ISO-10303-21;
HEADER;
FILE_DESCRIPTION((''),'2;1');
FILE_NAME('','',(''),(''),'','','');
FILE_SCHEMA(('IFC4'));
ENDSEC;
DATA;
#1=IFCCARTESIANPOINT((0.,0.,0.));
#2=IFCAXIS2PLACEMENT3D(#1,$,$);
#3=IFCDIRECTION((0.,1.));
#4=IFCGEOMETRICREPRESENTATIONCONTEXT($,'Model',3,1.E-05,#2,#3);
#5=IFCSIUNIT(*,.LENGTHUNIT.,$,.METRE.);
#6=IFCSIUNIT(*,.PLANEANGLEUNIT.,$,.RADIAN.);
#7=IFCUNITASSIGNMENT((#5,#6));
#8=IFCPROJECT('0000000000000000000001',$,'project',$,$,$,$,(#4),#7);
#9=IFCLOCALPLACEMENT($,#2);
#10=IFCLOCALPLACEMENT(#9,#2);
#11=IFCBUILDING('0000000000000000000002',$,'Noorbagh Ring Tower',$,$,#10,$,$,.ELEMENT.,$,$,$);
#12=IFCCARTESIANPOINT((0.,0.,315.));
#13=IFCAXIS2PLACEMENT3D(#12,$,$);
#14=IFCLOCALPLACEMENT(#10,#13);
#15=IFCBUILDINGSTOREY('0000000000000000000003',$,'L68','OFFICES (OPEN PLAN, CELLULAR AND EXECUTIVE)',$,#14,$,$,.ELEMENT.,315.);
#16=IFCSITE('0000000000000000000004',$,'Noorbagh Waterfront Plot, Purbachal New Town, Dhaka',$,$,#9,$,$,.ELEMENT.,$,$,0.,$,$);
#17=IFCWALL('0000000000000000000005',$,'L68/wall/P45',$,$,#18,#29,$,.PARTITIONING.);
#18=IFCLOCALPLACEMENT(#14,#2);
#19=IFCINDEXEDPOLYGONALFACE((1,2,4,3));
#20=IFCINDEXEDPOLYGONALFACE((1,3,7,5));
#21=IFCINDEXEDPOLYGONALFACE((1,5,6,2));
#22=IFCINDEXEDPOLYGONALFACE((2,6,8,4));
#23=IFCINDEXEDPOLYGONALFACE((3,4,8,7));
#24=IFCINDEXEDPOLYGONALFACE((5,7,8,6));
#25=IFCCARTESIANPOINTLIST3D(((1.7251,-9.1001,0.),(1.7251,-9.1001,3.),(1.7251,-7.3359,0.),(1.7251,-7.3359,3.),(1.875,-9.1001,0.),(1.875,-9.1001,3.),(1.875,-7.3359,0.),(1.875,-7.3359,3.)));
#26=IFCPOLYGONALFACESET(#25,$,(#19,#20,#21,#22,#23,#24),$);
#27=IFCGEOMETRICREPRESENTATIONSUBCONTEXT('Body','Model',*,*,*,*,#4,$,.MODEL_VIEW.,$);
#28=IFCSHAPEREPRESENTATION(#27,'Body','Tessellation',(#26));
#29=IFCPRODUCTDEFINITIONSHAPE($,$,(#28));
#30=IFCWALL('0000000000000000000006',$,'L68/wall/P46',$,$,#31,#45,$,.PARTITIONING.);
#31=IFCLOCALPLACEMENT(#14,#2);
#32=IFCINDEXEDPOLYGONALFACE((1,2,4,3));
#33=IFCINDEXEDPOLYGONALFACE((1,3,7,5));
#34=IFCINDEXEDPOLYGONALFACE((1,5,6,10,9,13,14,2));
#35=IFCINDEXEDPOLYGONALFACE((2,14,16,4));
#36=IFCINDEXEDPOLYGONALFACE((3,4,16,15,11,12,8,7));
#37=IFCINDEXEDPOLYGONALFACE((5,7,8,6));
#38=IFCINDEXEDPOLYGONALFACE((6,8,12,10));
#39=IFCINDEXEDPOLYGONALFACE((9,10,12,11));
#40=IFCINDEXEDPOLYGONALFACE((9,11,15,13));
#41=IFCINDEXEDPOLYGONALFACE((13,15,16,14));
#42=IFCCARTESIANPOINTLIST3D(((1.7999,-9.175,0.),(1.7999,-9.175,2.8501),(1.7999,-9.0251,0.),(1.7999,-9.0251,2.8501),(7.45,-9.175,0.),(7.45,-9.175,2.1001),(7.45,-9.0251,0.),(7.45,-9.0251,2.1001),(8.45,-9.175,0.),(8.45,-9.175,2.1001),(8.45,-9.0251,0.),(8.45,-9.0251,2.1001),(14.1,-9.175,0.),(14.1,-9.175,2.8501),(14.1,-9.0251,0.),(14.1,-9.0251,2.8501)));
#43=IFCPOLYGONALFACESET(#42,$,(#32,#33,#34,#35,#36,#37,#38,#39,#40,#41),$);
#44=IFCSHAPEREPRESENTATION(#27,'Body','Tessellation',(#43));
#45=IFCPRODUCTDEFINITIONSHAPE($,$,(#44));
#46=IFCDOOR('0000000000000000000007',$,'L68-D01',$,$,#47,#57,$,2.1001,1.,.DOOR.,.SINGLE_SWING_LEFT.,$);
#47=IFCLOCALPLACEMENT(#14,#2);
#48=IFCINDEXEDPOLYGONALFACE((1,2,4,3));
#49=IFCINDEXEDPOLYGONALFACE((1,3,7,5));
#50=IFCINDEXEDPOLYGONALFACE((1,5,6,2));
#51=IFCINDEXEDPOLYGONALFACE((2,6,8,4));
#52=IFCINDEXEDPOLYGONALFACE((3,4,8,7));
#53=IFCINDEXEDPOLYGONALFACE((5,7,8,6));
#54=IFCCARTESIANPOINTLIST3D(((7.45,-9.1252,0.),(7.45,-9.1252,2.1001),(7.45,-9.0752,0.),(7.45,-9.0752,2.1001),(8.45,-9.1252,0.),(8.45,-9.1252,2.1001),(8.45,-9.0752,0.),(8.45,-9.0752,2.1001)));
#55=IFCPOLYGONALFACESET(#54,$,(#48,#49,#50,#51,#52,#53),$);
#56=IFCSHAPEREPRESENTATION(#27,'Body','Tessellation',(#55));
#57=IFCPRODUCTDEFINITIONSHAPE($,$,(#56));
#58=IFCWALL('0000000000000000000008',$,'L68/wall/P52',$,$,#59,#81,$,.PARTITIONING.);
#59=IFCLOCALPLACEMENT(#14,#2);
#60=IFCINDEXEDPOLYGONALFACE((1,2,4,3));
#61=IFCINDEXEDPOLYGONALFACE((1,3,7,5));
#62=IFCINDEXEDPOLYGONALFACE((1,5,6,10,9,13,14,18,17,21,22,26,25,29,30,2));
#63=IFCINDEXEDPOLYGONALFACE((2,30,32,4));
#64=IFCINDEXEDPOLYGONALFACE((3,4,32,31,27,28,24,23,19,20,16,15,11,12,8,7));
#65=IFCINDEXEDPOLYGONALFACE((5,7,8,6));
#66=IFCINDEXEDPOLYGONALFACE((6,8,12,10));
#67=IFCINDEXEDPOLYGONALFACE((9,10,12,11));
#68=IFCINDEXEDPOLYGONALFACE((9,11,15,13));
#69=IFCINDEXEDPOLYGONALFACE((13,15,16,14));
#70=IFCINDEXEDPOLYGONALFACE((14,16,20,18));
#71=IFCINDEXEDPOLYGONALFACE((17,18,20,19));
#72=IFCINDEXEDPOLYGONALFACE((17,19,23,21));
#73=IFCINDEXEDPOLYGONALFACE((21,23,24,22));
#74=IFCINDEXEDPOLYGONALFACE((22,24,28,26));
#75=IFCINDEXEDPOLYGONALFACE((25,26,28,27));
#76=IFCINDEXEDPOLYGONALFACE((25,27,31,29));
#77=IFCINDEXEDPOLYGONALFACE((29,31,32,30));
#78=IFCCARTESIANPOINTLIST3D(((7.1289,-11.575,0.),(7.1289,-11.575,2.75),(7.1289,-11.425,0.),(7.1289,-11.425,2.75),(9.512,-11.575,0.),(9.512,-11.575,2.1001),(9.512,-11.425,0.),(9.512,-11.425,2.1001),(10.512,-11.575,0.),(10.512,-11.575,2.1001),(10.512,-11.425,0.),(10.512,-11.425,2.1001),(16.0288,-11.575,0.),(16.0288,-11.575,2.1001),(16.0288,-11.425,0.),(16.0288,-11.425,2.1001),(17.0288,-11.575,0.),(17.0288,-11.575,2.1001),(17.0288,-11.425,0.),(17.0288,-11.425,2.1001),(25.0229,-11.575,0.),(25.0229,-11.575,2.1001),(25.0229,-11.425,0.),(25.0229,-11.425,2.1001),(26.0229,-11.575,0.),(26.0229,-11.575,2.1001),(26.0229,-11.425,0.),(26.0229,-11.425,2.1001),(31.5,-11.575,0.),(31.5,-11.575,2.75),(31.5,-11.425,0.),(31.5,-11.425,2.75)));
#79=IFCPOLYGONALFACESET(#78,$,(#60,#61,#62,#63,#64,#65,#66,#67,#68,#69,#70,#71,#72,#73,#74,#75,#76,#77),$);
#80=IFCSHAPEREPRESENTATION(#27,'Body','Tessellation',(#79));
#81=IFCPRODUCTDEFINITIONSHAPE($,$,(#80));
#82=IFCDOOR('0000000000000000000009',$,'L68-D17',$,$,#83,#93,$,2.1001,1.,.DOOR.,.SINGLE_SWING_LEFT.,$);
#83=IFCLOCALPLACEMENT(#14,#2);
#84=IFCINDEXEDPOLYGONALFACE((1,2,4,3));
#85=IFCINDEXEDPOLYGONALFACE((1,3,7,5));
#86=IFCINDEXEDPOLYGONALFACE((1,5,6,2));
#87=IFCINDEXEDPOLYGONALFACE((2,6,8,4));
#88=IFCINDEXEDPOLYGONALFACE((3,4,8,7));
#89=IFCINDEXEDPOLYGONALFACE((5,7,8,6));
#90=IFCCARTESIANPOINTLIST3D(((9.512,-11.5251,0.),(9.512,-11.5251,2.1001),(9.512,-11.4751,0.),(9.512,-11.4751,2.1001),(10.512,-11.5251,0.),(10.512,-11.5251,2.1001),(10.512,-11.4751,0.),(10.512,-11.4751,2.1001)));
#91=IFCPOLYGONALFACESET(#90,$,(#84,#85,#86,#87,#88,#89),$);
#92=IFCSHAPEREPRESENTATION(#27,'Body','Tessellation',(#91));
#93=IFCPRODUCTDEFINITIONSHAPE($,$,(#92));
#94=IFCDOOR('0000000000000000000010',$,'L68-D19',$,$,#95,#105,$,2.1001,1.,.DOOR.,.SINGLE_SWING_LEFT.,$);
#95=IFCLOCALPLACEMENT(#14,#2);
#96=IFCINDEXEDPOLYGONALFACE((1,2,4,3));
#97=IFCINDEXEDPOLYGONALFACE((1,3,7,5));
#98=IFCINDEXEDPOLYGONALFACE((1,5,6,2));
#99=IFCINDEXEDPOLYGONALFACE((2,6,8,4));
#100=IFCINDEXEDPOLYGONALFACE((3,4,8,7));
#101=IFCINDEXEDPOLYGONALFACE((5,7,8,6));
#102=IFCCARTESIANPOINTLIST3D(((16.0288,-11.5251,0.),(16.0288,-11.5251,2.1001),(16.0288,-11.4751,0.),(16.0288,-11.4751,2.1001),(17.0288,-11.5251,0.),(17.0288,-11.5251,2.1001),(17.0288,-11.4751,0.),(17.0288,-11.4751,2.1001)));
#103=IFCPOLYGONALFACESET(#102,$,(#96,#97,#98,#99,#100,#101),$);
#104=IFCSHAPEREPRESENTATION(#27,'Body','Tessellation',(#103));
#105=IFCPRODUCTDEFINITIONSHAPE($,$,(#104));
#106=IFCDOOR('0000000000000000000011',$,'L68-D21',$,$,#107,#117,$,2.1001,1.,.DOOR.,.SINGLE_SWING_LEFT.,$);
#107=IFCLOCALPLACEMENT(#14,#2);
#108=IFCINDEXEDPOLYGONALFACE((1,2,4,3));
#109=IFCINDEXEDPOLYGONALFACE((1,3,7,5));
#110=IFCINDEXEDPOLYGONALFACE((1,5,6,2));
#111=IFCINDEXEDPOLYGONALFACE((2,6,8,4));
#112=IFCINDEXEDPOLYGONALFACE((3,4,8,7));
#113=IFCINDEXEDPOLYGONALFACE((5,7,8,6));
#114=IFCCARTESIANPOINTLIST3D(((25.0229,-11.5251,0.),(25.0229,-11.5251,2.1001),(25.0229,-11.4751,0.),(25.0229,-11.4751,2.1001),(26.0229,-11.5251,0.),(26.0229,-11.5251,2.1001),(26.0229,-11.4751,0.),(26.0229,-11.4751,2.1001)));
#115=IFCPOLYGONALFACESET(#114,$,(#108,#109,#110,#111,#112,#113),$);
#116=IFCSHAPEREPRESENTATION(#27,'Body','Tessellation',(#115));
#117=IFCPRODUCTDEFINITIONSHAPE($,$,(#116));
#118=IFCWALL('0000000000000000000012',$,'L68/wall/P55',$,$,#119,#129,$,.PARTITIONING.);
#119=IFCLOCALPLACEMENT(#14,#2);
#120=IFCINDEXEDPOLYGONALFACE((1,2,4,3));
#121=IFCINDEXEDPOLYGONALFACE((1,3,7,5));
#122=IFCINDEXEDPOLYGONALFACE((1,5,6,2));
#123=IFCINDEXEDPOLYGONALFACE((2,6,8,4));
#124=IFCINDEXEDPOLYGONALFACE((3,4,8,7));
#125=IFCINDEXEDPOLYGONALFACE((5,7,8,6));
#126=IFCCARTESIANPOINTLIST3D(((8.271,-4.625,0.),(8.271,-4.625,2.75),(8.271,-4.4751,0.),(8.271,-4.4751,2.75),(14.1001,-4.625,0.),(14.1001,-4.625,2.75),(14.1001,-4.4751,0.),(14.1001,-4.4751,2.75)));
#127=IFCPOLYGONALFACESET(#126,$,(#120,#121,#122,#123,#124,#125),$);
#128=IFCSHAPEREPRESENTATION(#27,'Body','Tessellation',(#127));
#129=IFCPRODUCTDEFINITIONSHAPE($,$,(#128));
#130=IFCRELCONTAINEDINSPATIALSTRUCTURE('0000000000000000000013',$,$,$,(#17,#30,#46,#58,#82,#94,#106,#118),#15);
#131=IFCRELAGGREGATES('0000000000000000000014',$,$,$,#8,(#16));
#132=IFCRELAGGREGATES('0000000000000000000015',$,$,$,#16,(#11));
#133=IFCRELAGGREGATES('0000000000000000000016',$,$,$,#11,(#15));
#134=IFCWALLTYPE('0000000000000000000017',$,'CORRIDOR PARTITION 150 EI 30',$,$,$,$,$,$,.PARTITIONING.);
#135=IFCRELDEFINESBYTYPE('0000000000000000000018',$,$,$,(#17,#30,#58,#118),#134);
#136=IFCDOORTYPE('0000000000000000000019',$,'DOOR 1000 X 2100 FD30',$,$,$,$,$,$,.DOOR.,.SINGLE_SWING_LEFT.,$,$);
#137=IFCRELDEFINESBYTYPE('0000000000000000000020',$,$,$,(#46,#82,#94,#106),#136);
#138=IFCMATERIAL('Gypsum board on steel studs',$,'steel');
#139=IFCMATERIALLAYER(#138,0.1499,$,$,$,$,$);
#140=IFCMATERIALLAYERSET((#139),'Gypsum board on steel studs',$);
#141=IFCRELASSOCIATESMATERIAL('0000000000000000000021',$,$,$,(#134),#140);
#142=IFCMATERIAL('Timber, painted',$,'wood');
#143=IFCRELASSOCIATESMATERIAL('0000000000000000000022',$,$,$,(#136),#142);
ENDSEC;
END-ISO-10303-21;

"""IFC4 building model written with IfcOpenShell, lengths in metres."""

from ifc_helpers import new_model, si_unit, direction, frame, frame_2d, origin, place, context, subcontext, project, spatial, rectangle, extrude, material, layer, layer_set, type_object, element, fill, save


model = new_model("IFC4")

# Units and contexts
model_context = context("Model", 3, precision=1e-05, world=origin(), true_north=direction((0.0, 1.0)))
body_context = subcontext(model_context, "Body", "Model", "MODEL_VIEW")
ifc_project = project(units=[si_unit("LENGTHUNIT", "METRE"), si_unit("PLANEANGLEUNIT", "RADIAN")], contexts=[model_context])

# Site, building, storey
site_placement = place(None, origin())
site = spatial("IfcSite", under=ifc_project, at=site_placement, Name="Noorbagh Waterfront Plot, Purbachal New Town, Dhaka", CompositionType="ELEMENT", RefElevation=0.0)
building_placement = place(site_placement, origin())
building = spatial("IfcBuilding", under=site, at=building_placement, Name="Noorbagh Ring Tower", CompositionType="ELEMENT")
storey_placement = place(building_placement, frame((0.0, 0.0, 315.0)))
storey = spatial("IfcBuildingStorey", under=building, at=storey_placement, Name="L68", Description="OFFICES (OPEN PLAN, CELLULAR AND EXECUTIVE)", CompositionType="ELEMENT", Elevation=315.0)

# Wall
ifc_material_1 = material(Name="Gypsum board on steel studs", Category="steel")
ifc_layer_1 = layer(ifc_material_1, 0.1499)
ifc_layer_set_1 = layer_set([ifc_layer_1], Name="Gypsum board on steel studs")
wall_type_1 = type_object("IfcWallType", Name="CORRIDOR PARTITION 150 EI 30", PredefinedType="PARTITIONING", material=ifc_layer_set_1)
wall_1_placement = place(storey_placement, frame((1.8, -9.1001, 0.0), z_axis=(0.0, 0.0, 1.0), x_axis=(0.0, 1.0, 0.0)))
element("IfcWall", 1, at=wall_1_placement, inside=storey, type_object=wall_type_1, Name="L68/wall/P45", PredefinedType="PARTITIONING", context=body_context, shape_type="SweptSolid", body=[
    extrude(rectangle(XDim=1.7642, YDim=0.1499, at=frame_2d((0.8821, 0.0))), origin(), (0.0, 0.0, 1.0), 3.0),
])

# Wall, opening, door
wall_2_placement = place(storey_placement, frame((1.8, -9.1001, 0.0), z_axis=(0.0, 0.0, 1.0), x_axis=(1.0, 0.0, 0.0)))
wall_2 = element("IfcWall", 2, at=wall_2_placement, inside=storey, type_object=wall_type_1, Name="L68/wall/P46", PredefinedType="PARTITIONING", context=body_context, shape_type="SweptSolid", body=[
    extrude(rectangle(XDim=12.3, YDim=0.1499, at=frame_2d((6.1499, 0.0))), origin(), (0.0, 0.0, 1.0), 2.8501),
])
opening_1_placement = place(wall_2_placement, frame((5.6499, 0.0, 0.0)))
opening_1 = element("IfcOpeningElement", 3, at=opening_1_placement, cuts=wall_2, PredefinedType="OPENING", context=body_context, shape_type="SweptSolid", body=[
    extrude(rectangle(XDim=1.0, YDim=2.1001, at=frame_2d((0.5, 1.05))), frame((0.0, 0.085, 0.0), z_axis=(0.0, -1.0, 0.0), x_axis=(1.0, 0.0, 0.0)), (0.0, 0.0, 1.0), 0.1699),
])
ifc_material_2 = material(Name="Timber, painted", Category="wood")
door_type_1 = type_object("IfcDoorType", Name="DOOR 1000 X 2100 FD30", OperationType="SINGLE_SWING_LEFT", PredefinedType="DOOR", material=ifc_material_2)
door_1_placement = place(opening_1_placement, origin())
door_1 = element("IfcDoor", 4, at=door_1_placement, inside=storey, type_object=door_type_1, Name="L68-D01", OperationType="SINGLE_SWING_LEFT", OverallHeight=2.1001, OverallWidth=1.0, PredefinedType="DOOR", context=body_context, shape_type="SweptSolid", body=[
    extrude(rectangle(XDim=1.0, YDim=2.1001, at=frame_2d((0.5, 1.05))), frame((0.0, 0.0249, 0.0), z_axis=(0.0, -1.0, 0.0), x_axis=(1.0, 0.0, 0.0)), (0.0, 0.0, 1.0), 0.05),
])
fill(opening_1, door_1)

# Wall, openings, doors
wall_3_placement = place(storey_placement, frame((7.1289, -11.5, 0.0), z_axis=(0.0, 0.0, 1.0), x_axis=(1.0, 0.0, 0.0)))
wall_3 = element("IfcWall", 5, at=wall_3_placement, inside=storey, type_object=wall_type_1, Name="L68/wall/P52", PredefinedType="PARTITIONING", context=body_context, shape_type="SweptSolid", body=[
    extrude(rectangle(XDim=24.3711, YDim=0.1499, at=frame_2d((12.1855, 0.0))), origin(), (0.0, 0.0, 1.0), 2.75),
])
opening_2_placement = place(wall_3_placement, frame((2.3831, 0.0, 0.0)))
opening_2 = element("IfcOpeningElement", 6, at=opening_2_placement, cuts=wall_3, PredefinedType="OPENING", context=body_context, shape_type="SweptSolid", body=[
    extrude(rectangle(XDim=1.0, YDim=2.1001, at=frame_2d((0.5, 1.05))), frame((0.0, 0.085, 0.0), z_axis=(0.0, -1.0, 0.0), x_axis=(1.0, 0.0, 0.0)), (0.0, 0.0, 1.0), 0.1699),
])
opening_3_placement = place(wall_3_placement, frame((8.8999, 0.0, 0.0)))
opening_3 = element("IfcOpeningElement", 7, at=opening_3_placement, cuts=wall_3, PredefinedType="OPENING", context=body_context, shape_type="SweptSolid", body=[
    extrude(rectangle(XDim=1.0, YDim=2.1001, at=frame_2d((0.5, 1.05))), frame((0.0, 0.085, 0.0), z_axis=(0.0, -1.0, 0.0), x_axis=(1.0, 0.0, 0.0)), (0.0, 0.0, 1.0), 0.1699),
])
opening_4_placement = place(wall_3_placement, frame((17.894, 0.0, 0.0)))
opening_4 = element("IfcOpeningElement", 8, at=opening_4_placement, cuts=wall_3, PredefinedType="OPENING", context=body_context, shape_type="SweptSolid", body=[
    extrude(rectangle(XDim=1.0, YDim=2.1001, at=frame_2d((0.5, 1.05))), frame((0.0, 0.085, 0.0), z_axis=(0.0, -1.0, 0.0), x_axis=(1.0, 0.0, 0.0)), (0.0, 0.0, 1.0), 0.1699),
])
door_2_placement = place(opening_2_placement, origin())
door_2 = element("IfcDoor", 9, at=door_2_placement, inside=storey, type_object=door_type_1, Name="L68-D17", OperationType="SINGLE_SWING_LEFT", OverallHeight=2.1001, OverallWidth=1.0, PredefinedType="DOOR", context=body_context, shape_type="SweptSolid", body=[
    extrude(rectangle(XDim=1.0, YDim=2.1001, at=frame_2d((0.5, 1.05))), frame((0.0, 0.0249, 0.0), z_axis=(0.0, -1.0, 0.0), x_axis=(1.0, 0.0, 0.0)), (0.0, 0.0, 1.0), 0.05),
])
fill(opening_2, door_2)
door_3_placement = place(opening_3_placement, origin())
door_3 = element("IfcDoor", 10, at=door_3_placement, inside=storey, type_object=door_type_1, Name="L68-D19", OperationType="SINGLE_SWING_LEFT", OverallHeight=2.1001, OverallWidth=1.0, PredefinedType="DOOR", context=body_context, shape_type="SweptSolid", body=[
    extrude(rectangle(XDim=1.0, YDim=2.1001, at=frame_2d((0.5, 1.05))), frame((0.0, 0.0249, 0.0), z_axis=(0.0, -1.0, 0.0), x_axis=(1.0, 0.0, 0.0)), (0.0, 0.0, 1.0), 0.05),
])
fill(opening_3, door_3)
door_4_placement = place(opening_4_placement, origin())
door_4 = element("IfcDoor", 11, at=door_4_placement, inside=storey, type_object=door_type_1, Name="L68-D21", OperationType="SINGLE_SWING_LEFT", OverallHeight=2.1001, OverallWidth=1.0, PredefinedType="DOOR", context=body_context, shape_type="SweptSolid", body=[
    extrude(rectangle(XDim=1.0, YDim=2.1001, at=frame_2d((0.5, 1.05))), frame((0.0, 0.0249, 0.0), z_axis=(0.0, -1.0, 0.0), x_axis=(1.0, 0.0, 0.0)), (0.0, 0.0, 1.0), 0.05),
])
fill(opening_4, door_4)

# Wall
wall_4_placement = place(storey_placement, frame((8.271, -4.55, 0.0), z_axis=(0.0, 0.0, 1.0), x_axis=(1.0, 0.0, 0.0)))
element("IfcWall", 12, at=wall_4_placement, inside=storey, type_object=wall_type_1, Name="L68/wall/P55", PredefinedType="PARTITIONING", context=body_context, shape_type="SweptSolid", body=[
    extrude(rectangle(XDim=5.8291, YDim=0.1499, at=frame_2d((2.9146, 0.0))), origin(), (0.0, 0.0, 1.0), 2.75),
])

save(model, "model.ifc")
